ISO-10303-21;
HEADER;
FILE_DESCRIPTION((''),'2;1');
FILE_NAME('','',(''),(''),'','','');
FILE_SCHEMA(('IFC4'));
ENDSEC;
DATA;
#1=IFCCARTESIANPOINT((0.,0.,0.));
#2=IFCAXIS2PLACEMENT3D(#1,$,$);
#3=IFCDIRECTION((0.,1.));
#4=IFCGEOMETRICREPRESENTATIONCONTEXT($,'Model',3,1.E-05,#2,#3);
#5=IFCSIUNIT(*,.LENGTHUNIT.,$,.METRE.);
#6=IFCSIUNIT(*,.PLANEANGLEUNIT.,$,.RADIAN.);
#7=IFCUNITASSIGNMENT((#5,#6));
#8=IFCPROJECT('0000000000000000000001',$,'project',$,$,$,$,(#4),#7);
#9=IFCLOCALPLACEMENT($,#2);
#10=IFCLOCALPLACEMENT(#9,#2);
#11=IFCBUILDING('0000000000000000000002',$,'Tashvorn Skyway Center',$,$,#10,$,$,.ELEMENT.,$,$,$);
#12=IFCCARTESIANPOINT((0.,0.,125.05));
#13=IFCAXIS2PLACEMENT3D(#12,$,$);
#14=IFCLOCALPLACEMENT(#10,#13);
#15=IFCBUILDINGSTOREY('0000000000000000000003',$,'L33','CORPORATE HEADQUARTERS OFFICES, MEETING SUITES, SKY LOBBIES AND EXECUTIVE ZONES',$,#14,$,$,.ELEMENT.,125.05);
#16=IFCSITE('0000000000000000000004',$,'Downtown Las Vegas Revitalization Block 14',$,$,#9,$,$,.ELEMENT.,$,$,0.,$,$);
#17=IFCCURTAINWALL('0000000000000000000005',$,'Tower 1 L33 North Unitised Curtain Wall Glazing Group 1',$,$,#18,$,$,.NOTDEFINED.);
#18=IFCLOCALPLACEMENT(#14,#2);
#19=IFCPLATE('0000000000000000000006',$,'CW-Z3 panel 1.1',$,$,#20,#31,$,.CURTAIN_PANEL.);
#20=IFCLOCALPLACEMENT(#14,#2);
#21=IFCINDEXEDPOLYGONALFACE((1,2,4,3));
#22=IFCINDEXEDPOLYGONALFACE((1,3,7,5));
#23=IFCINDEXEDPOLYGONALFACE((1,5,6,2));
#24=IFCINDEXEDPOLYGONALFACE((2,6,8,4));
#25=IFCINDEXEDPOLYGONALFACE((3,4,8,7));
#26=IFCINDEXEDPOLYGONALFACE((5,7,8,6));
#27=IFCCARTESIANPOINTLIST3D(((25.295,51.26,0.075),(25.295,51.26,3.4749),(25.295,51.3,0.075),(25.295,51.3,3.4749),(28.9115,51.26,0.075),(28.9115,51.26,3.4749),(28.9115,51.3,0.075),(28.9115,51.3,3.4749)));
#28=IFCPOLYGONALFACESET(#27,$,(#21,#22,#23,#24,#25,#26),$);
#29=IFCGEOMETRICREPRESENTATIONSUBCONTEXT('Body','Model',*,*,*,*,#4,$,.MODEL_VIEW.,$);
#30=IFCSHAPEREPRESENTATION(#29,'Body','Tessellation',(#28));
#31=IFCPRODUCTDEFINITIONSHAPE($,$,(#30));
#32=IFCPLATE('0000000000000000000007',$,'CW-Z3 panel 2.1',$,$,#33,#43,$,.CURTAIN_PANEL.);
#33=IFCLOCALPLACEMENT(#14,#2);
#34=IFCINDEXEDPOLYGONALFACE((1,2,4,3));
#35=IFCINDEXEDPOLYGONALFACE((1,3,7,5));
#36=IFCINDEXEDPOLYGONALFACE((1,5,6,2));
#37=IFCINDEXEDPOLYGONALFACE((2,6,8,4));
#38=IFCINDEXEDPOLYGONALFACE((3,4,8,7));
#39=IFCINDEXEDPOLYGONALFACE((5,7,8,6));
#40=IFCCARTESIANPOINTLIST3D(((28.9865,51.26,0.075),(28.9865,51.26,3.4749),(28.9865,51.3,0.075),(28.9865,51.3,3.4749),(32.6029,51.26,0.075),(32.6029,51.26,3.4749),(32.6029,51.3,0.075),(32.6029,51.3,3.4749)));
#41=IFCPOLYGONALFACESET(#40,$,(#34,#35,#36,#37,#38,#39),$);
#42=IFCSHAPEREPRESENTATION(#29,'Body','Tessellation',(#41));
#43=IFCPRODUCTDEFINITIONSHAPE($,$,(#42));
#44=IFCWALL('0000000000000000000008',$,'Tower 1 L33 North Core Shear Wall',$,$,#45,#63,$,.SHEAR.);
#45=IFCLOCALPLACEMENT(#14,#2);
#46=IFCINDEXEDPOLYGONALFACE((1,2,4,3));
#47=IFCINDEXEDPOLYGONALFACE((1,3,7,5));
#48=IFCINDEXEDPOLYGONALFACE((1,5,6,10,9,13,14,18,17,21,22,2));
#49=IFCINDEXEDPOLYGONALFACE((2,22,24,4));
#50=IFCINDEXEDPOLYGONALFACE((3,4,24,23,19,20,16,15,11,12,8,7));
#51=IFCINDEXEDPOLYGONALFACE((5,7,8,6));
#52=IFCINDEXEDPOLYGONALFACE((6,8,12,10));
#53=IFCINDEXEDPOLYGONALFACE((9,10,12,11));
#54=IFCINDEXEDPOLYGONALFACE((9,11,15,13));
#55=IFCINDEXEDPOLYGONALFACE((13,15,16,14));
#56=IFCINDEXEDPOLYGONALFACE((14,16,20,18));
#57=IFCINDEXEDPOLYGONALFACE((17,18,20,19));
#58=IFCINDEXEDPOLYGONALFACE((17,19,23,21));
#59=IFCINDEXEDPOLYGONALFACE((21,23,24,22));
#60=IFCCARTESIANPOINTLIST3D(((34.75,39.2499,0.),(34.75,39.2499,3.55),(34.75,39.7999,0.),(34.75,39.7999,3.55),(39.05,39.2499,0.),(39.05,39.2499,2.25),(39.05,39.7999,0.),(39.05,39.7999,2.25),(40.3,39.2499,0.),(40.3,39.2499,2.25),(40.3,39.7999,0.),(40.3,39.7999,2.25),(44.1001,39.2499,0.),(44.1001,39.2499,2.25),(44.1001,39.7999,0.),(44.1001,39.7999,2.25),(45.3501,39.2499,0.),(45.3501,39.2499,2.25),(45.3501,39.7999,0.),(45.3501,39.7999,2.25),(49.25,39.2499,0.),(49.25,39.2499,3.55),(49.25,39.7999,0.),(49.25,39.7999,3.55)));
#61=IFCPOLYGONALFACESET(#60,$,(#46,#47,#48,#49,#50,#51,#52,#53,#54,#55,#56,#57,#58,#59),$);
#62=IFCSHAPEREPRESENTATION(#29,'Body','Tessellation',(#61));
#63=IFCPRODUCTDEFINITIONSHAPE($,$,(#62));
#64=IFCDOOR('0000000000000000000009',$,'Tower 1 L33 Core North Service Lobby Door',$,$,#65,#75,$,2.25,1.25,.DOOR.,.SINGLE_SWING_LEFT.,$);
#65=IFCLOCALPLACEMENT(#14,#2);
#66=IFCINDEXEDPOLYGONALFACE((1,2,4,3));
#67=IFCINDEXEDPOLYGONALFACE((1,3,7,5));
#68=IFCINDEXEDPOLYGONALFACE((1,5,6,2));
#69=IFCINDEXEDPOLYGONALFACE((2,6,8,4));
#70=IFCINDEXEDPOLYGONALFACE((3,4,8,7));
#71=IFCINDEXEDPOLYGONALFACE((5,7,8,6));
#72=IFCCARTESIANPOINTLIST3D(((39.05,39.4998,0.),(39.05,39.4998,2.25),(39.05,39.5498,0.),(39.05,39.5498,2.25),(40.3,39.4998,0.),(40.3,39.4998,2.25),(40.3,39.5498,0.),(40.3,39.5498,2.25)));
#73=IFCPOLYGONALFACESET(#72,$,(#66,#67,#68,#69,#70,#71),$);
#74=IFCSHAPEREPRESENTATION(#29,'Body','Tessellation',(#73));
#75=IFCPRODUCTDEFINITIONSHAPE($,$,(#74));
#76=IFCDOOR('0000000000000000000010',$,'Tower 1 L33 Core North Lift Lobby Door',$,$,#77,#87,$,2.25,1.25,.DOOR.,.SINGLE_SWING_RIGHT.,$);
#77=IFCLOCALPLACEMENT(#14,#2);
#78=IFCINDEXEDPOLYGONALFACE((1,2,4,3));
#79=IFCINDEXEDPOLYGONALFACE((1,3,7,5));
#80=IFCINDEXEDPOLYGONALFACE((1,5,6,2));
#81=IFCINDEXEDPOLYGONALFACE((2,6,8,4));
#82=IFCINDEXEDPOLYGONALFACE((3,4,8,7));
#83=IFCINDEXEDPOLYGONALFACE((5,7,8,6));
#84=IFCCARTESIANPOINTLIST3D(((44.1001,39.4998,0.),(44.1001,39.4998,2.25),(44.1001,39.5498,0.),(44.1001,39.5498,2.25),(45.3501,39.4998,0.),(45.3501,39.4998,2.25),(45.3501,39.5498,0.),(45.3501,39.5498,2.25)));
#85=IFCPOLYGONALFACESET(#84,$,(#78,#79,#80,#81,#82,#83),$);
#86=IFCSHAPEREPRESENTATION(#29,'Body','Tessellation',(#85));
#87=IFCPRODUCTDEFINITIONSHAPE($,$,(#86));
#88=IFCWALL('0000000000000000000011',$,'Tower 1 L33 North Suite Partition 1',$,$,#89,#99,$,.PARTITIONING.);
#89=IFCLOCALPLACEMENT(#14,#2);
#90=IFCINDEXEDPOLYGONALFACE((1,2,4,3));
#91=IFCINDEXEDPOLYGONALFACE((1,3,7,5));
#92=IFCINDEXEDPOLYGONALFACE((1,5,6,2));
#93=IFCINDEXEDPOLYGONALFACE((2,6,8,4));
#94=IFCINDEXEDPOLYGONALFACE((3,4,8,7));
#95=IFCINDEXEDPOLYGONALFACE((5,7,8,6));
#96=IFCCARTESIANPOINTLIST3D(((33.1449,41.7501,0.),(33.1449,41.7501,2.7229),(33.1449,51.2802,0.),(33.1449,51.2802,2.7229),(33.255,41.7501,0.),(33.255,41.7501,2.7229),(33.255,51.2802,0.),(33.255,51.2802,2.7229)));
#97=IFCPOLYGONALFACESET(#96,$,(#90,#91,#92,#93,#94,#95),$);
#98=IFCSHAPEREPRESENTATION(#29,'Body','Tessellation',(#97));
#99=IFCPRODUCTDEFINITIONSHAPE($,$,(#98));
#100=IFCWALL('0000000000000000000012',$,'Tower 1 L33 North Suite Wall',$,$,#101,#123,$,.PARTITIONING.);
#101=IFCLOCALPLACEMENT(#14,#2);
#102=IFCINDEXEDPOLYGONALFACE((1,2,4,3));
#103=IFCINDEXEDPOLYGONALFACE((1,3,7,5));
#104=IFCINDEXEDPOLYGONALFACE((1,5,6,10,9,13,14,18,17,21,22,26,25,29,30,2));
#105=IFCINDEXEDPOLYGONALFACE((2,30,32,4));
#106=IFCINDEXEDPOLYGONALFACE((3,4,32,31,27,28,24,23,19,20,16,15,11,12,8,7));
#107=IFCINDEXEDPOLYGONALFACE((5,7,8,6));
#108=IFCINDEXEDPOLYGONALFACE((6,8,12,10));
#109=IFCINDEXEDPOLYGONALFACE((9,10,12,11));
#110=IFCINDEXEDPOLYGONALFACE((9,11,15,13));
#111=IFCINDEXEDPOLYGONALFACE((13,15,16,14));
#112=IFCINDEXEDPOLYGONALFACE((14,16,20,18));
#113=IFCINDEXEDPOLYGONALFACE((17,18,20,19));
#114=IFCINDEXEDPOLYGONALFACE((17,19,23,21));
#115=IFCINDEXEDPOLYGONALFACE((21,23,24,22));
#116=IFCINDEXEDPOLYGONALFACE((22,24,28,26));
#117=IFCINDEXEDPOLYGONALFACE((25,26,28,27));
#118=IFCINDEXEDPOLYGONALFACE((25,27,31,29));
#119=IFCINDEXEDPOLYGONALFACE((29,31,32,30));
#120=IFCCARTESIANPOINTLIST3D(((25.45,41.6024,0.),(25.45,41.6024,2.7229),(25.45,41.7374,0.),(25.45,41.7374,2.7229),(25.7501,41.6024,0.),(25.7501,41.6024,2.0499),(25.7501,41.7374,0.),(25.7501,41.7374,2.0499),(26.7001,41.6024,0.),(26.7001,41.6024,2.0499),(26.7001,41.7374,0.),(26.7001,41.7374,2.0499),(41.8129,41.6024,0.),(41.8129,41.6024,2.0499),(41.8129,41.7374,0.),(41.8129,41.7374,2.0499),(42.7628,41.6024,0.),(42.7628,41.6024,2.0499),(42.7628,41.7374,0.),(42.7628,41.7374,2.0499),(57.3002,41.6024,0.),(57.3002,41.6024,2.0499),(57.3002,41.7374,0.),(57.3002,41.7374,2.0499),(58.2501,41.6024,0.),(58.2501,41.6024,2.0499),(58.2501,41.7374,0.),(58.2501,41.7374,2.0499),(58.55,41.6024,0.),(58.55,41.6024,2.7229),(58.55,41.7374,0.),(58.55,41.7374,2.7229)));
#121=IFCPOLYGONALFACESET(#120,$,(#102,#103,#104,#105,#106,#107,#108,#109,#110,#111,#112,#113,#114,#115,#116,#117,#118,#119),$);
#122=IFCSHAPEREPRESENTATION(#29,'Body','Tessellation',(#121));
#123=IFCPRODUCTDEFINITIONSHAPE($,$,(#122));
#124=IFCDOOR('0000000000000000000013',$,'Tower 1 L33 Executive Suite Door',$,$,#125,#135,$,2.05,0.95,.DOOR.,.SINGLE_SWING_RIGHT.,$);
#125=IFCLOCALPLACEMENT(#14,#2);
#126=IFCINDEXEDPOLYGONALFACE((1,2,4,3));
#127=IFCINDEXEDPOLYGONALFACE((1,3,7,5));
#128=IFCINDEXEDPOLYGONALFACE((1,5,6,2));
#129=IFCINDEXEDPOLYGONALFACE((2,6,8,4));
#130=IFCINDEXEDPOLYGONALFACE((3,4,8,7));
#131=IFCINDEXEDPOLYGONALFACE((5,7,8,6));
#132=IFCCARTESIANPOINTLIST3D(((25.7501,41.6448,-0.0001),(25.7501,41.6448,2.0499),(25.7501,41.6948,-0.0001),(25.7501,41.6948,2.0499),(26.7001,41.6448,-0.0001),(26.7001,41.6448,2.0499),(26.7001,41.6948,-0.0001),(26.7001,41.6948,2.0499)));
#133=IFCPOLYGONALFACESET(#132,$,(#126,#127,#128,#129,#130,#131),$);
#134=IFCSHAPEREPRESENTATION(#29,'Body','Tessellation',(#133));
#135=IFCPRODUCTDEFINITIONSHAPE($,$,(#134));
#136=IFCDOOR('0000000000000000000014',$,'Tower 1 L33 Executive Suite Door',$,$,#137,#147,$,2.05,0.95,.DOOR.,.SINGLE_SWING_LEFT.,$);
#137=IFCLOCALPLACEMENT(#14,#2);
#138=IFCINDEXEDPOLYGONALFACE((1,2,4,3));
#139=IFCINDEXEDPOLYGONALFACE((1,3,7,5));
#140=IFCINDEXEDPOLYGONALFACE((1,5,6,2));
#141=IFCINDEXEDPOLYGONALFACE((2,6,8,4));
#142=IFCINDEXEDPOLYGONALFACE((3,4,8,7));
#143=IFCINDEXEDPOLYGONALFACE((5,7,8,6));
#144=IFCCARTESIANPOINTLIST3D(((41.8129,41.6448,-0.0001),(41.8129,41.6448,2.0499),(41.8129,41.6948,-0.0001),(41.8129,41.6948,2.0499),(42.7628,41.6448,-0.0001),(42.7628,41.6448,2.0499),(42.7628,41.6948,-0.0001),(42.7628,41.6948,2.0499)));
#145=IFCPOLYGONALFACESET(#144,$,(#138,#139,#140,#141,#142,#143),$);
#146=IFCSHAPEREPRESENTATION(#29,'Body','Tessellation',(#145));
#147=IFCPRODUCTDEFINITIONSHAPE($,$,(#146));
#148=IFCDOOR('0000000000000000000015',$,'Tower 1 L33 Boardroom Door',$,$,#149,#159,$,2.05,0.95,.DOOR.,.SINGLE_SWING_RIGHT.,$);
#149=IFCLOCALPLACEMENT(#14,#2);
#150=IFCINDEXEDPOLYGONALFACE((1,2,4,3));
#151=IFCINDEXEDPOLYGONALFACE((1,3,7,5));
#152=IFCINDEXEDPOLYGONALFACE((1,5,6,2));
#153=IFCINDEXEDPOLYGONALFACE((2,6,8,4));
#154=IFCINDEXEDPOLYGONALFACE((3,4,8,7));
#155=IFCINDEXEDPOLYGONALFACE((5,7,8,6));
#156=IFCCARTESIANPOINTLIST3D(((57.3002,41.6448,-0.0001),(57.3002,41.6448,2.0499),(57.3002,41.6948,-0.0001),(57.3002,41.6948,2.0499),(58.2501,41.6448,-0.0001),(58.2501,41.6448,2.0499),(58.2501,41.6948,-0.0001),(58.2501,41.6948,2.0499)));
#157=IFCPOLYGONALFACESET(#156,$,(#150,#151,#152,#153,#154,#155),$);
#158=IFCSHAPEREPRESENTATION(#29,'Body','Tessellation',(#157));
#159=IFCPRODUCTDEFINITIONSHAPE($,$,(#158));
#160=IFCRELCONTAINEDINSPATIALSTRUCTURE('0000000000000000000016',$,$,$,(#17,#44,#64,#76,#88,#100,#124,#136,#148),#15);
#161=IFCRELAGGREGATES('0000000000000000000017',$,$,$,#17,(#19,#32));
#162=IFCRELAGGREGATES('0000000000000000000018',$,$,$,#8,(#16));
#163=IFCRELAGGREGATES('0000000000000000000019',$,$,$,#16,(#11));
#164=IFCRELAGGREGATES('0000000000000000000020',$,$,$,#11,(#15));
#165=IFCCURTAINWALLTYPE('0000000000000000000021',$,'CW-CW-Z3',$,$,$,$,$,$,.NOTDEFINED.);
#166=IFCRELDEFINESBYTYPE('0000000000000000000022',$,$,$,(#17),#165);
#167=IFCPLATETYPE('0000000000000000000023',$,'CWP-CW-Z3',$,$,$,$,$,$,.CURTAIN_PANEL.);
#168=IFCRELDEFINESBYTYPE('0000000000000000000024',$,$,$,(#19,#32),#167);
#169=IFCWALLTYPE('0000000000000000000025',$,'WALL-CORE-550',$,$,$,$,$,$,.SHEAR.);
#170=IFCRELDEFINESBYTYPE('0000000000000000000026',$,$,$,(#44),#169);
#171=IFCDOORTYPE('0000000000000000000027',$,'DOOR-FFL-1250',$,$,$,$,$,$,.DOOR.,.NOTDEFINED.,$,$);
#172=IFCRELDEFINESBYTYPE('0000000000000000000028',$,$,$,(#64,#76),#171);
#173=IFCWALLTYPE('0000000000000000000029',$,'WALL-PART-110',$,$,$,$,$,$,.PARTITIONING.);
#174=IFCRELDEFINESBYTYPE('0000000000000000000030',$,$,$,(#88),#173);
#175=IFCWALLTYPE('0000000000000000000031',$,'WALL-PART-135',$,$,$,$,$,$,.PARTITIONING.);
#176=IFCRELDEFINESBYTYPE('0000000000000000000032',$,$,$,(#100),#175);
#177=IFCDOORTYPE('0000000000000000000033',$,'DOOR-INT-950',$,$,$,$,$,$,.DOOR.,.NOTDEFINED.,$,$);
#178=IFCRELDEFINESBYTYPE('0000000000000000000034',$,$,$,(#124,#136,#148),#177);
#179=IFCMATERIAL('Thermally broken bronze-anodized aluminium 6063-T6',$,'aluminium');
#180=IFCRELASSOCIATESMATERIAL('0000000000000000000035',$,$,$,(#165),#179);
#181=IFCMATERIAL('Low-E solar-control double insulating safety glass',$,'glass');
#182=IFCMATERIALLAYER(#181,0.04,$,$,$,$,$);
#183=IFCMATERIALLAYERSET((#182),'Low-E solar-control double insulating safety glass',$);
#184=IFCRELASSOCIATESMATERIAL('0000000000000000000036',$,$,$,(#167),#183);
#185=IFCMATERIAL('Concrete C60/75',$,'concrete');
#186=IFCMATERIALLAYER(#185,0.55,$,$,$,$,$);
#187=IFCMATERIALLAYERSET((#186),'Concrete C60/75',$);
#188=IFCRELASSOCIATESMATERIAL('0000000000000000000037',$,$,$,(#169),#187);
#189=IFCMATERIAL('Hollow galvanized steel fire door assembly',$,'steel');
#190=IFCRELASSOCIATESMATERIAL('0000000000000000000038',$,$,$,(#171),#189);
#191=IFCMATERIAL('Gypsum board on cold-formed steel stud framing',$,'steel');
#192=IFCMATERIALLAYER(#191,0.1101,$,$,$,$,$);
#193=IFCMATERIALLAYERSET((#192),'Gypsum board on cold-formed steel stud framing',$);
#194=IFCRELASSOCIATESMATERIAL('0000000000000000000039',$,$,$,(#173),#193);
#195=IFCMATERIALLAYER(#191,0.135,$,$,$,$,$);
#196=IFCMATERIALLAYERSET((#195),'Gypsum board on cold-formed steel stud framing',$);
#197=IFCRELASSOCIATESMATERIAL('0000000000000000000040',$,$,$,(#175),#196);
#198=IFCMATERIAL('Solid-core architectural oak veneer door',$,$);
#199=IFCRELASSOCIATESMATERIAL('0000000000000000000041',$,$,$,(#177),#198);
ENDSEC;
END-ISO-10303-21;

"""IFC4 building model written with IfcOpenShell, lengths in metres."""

from ifc_helpers import new_model, si_unit, direction, frame, frame_2d, origin, origin_2d, place, context, subcontext, project, spatial, rectangle, extrude, material, layer, layer_set, type_object, element, fill, aggregate, save


model = new_model("IFC4")

# Units and contexts
model_context = context("Model", 3, precision=1e-05, world=origin(), true_north=direction((0.0, 1.0)))
body_context = subcontext(model_context, "Body", "Model", "MODEL_VIEW")
ifc_project = project(units=[si_unit("LENGTHUNIT", "METRE"), si_unit("PLANEANGLEUNIT", "RADIAN")], contexts=[model_context])

# Site, building, storey
site_placement = place(None, origin())
site = spatial("IfcSite", under=ifc_project, at=site_placement, Name="Downtown Las Vegas Revitalization Block 14", CompositionType="ELEMENT", RefElevation=0.0)
building_placement = place(site_placement, origin())
building = spatial("IfcBuilding", under=site, at=building_placement, Name="Tashvorn Skyway Center", CompositionType="ELEMENT")
storey_placement = place(building_placement, frame((0.0, 0.0, 125.05)))
storey = spatial("IfcBuildingStorey", under=building, at=storey_placement, Name="L33", Description="CORPORATE HEADQUARTERS OFFICES, MEETING SUITES, SKY LOBBIES AND EXECUTIVE ZONES", CompositionType="ELEMENT", Elevation=125.05)

# Curtain wall, plates
ifc_material_1 = material(Name="Thermally broken bronze-anodized aluminium 6063-T6", Category="aluminium")
curtain_wall_type = type_object("IfcCurtainWallType", Name="CW-CW-Z3", PredefinedType="NOTDEFINED", material=ifc_material_1)
curtain_wall_placement = place(storey_placement, origin())
curtain_wall = element("IfcCurtainWall", 1, at=curtain_wall_placement, inside=storey, type_object=curtain_wall_type, Name="Tower 1 L33 North Unitised Curtain Wall Glazing Group 1", PredefinedType="NOTDEFINED")
ifc_material_2 = material(Name="Low-E solar-control double insulating safety glass", Category="glass")
ifc_layer_1 = layer(ifc_material_2, 0.04)
ifc_layer_set_1 = layer_set([ifc_layer_1], Name="Low-E solar-control double insulating safety glass")
plate_type = type_object("IfcPlateType", Name="CWP-CW-Z3", PredefinedType="CURTAIN_PANEL", material=ifc_layer_set_1)
plate_1_placement = place(storey_placement, frame((27.1033, 51.28, 0.075), z_axis=(0.0, 0.0, 1.0), x_axis=(1.0, 0.0, 0.0)))
plate_1 = element("IfcPlate", 2, at=plate_1_placement, type_object=plate_type, Name="CW-Z3 panel 1.1", PredefinedType="CURTAIN_PANEL", context=body_context, shape_type="SweptSolid", body=[
    extrude(rectangle(XDim=3.6165, YDim=0.04, at=origin_2d()), origin(), (0.0, 0.0, 1.0), 3.3999),
])
plate_2_placement = place(storey_placement, frame((30.7947, 51.28, 0.075), z_axis=(0.0, 0.0, 1.0), x_axis=(1.0, 0.0, 0.0)))
plate_2 = element("IfcPlate", 3, at=plate_2_placement, type_object=plate_type, Name="CW-Z3 panel 2.1", PredefinedType="CURTAIN_PANEL", context=body_context, shape_type="SweptSolid", body=[
    extrude(rectangle(XDim=3.6165, YDim=0.04, at=origin_2d()), origin(), (0.0, 0.0, 1.0), 3.3999),
])
aggregate(curtain_wall, [plate_1, plate_2])

# Wall, openings, doors
ifc_material_3 = material(Name="Concrete C60/75", Category="concrete")
ifc_layer_2 = layer(ifc_material_3, 0.55)
ifc_layer_set_2 = layer_set([ifc_layer_2], Name="Concrete C60/75")
wall_type_1 = type_object("IfcWallType", Name="WALL-CORE-550", PredefinedType="SHEAR", material=ifc_layer_set_2)
wall_1_placement = place(storey_placement, frame((34.75, 39.5249, 0.0), z_axis=(0.0, 0.0, 1.0), x_axis=(1.0, 0.0, 0.0)))
wall_1 = element("IfcWall", 4, at=wall_1_placement, inside=storey, type_object=wall_type_1, Name="Tower 1 L33 North Core Shear Wall", PredefinedType="SHEAR", context=body_context, shape_type="SweptSolid", body=[
    extrude(rectangle(XDim=14.5, YDim=0.55, at=frame_2d((7.25, 0.0))), origin(), (0.0, 0.0, 1.0), 3.55),
])
opening_1_placement = place(wall_1_placement, frame((4.3, 0.0, 0.0)))
opening_1 = element("IfcOpeningElement", 5, at=opening_1_placement, cuts=wall_1, PredefinedType="OPENING", context=body_context, shape_type="SweptSolid", body=[
    extrude(rectangle(XDim=1.25, YDim=2.25, at=frame_2d((0.625, 1.125))), frame((0.0, 0.2849, 0.0), z_axis=(0.0, -1.0, 0.0), x_axis=(1.0, 0.0, 0.0)), (0.0, 0.0, 1.0), 0.5701),
])
opening_2_placement = place(wall_1_placement, frame((9.3501, 0.0, 0.0)))
opening_2 = element("IfcOpeningElement", 6, at=opening_2_placement, cuts=wall_1, PredefinedType="OPENING", context=body_context, shape_type="SweptSolid", body=[
    extrude(rectangle(XDim=1.25, YDim=2.25, at=frame_2d((0.625, 1.125))), frame((0.0, 0.2849, 0.0), z_axis=(0.0, -1.0, 0.0), x_axis=(1.0, 0.0, 0.0)), (0.0, 0.0, 1.0), 0.5701),
])
ifc_material_4 = material(Name="Hollow galvanized steel fire door assembly", Category="steel")
door_type_1 = type_object("IfcDoorType", Name="DOOR-FFL-1250", OperationType="NOTDEFINED", PredefinedType="DOOR", material=ifc_material_4)
door_1_placement = place(opening_1_placement, origin())
door_1 = element("IfcDoor", 7, at=door_1_placement, inside=storey, type_object=door_type_1, Name="Tower 1 L33 Core North Service Lobby Door", OperationType="SINGLE_SWING_LEFT", OverallHeight=2.25, OverallWidth=1.25, PredefinedType="DOOR", context=body_context, shape_type="SweptSolid", body=[
    extrude(rectangle(XDim=1.25, YDim=2.25, at=frame_2d((0.625, 1.125))), frame((0.0, 0.0249, 0.0), z_axis=(0.0, -1.0, 0.0), x_axis=(1.0, 0.0, 0.0)), (0.0, 0.0, 1.0), 0.05),
])
fill(opening_1, door_1)
door_2_placement = place(opening_2_placement, origin())
door_2 = element("IfcDoor", 8, at=door_2_placement, inside=storey, type_object=door_type_1, Name="Tower 1 L33 Core North Lift Lobby Door", OperationType="SINGLE_SWING_RIGHT", OverallHeight=2.25, OverallWidth=1.25, PredefinedType="DOOR", context=body_context, shape_type="SweptSolid", body=[
    extrude(rectangle(XDim=1.25, YDim=2.25, at=frame_2d((0.625, 1.125))), frame((0.0, 0.0249, 0.0), z_axis=(0.0, -1.0, 0.0), x_axis=(1.0, 0.0, 0.0)), (0.0, 0.0, 1.0), 0.05),
])
fill(opening_2, door_2)

# Wall
ifc_material_5 = material(Name="Gypsum board on cold-formed steel stud framing", Category="steel")
ifc_layer_3 = layer(ifc_material_5, 0.1101)
ifc_layer_set_3 = layer_set([ifc_layer_3], Name="Gypsum board on cold-formed steel stud framing")
wall_type_2 = type_object("IfcWallType", Name="WALL-PART-110", PredefinedType="PARTITIONING", material=ifc_layer_set_3)
wall_2_placement = place(storey_placement, frame((33.2, 41.75, 0.0), z_axis=(0.0, 0.0, 1.0), x_axis=(0.0, 1.0, 0.0)))
element("IfcWall", 9, at=wall_2_placement, inside=storey, type_object=wall_type_2, Name="Tower 1 L33 North Suite Partition 1", PredefinedType="PARTITIONING", context=body_context, shape_type="SweptSolid", body=[
    extrude(rectangle(XDim=9.53, YDim=0.1101, at=frame_2d((4.7651, 0.0))), origin(), (0.0, 0.0, 1.0), 2.7229),
])

# Wall, openings, doors
ifc_layer_4 = layer(ifc_material_5, 0.135)
ifc_layer_set_4 = layer_set([ifc_layer_4], Name="Gypsum board on cold-formed steel stud framing")
wall_type_3 = type_object("IfcWallType", Name="WALL-PART-135", PredefinedType="PARTITIONING", material=ifc_layer_set_4)
wall_3_placement = place(storey_placement, frame((25.45, 41.6699, 0.0), z_axis=(0.0, 0.0, 1.0), x_axis=(1.0, 0.0, 0.0)))
wall_3 = element("IfcWall", 10, at=wall_3_placement, inside=storey, type_object=wall_type_3, Name="Tower 1 L33 North Suite Wall", PredefinedType="PARTITIONING", context=body_context, shape_type="SweptSolid", body=[
    extrude(rectangle(XDim=33.1001, YDim=0.135, at=frame_2d((16.55, 0.0))), origin(), (0.0, 0.0, 1.0), 2.7229),
])
opening_3_placement = place(wall_3_placement, frame((0.3, 0.0, 0.0)))
opening_3 = element("IfcOpeningElement", 11, at=opening_3_placement, cuts=wall_3, PredefinedType="OPENING", context=body_context, shape_type="SweptSolid", body=[
    extrude(rectangle(XDim=0.95, YDim=2.05, at=frame_2d((0.4751, 1.0249))), frame((0.0, 0.0774, 0.0), z_axis=(0.0, -1.0, 0.0), x_axis=(1.0, 0.0, 0.0)), (0.0, 0.0, 1.0), 0.155),
])
opening_4_placement = place(wall_3_placement, frame((16.3628, 0.0, 0.0)))
opening_4 = element("IfcOpeningElement", 12, at=opening_4_placement, cuts=wall_3, PredefinedType="OPENING", context=body_context, shape_type="SweptSolid", body=[
    extrude(rectangle(XDim=0.95, YDim=2.05, at=frame_2d((0.4751, 1.0249))), frame((0.0, 0.0774, 0.0), z_axis=(0.0, -1.0, 0.0), x_axis=(1.0, 0.0, 0.0)), (0.0, 0.0, 1.0), 0.155),
])
opening_5_placement = place(wall_3_placement, frame((31.8501, 0.0, 0.0)))
opening_5 = element("IfcOpeningElement", 13, at=opening_5_placement, cuts=wall_3, PredefinedType="OPENING", context=body_context, shape_type="SweptSolid", body=[
    extrude(rectangle(XDim=0.95, YDim=2.05, at=frame_2d((0.4751, 1.0249))), frame((0.0, 0.0774, 0.0), z_axis=(0.0, -1.0, 0.0), x_axis=(1.0, 0.0, 0.0)), (0.0, 0.0, 1.0), 0.155),
])
ifc_material_6 = material(Name="Solid-core architectural oak veneer door")
door_type_2 = type_object("IfcDoorType", Name="DOOR-INT-950", OperationType="NOTDEFINED", PredefinedType="DOOR", material=ifc_material_6)
door_3_placement = place(opening_3_placement, origin())
door_3 = element("IfcDoor", 14, at=door_3_placement, inside=storey, type_object=door_type_2, Name="Tower 1 L33 Executive Suite Door", OperationType="SINGLE_SWING_RIGHT", OverallHeight=2.05, OverallWidth=0.95, PredefinedType="DOOR", context=body_context, shape_type="SweptSolid", body=[
    extrude(rectangle(XDim=0.95, YDim=2.05, at=frame_2d((0.4751, 1.0249))), frame((0.0, 0.0249, 0.0), z_axis=(0.0, -1.0, 0.0), x_axis=(1.0, 0.0, 0.0)), (0.0, 0.0, 1.0), 0.05),
])
fill(opening_3, door_3)
door_4_placement = place(opening_4_placement, origin())
door_4 = element("IfcDoor", 15, at=door_4_placement, inside=storey, type_object=door_type_2, Name="Tower 1 L33 Executive Suite Door", OperationType="SINGLE_SWING_LEFT", OverallHeight=2.05, OverallWidth=0.95, PredefinedType="DOOR", context=body_context, shape_type="SweptSolid", body=[
    extrude(rectangle(XDim=0.95, YDim=2.05, at=frame_2d((0.4751, 1.0249))), frame((0.0, 0.0249, 0.0), z_axis=(0.0, -1.0, 0.0), x_axis=(1.0, 0.0, 0.0)), (0.0, 0.0, 1.0), 0.05),
])
fill(opening_4, door_4)
door_5_placement = place(opening_5_placement, origin())
door_5 = element("IfcDoor", 16, at=door_5_placement, inside=storey, type_object=door_type_2, Name="Tower 1 L33 Boardroom Door", OperationType="SINGLE_SWING_RIGHT", OverallHeight=2.05, OverallWidth=0.95, PredefinedType="DOOR", context=body_context, shape_type="SweptSolid", body=[
    extrude(rectangle(XDim=0.95, YDim=2.05, at=frame_2d((0.4751, 1.0249))), frame((0.0, 0.0249, 0.0), z_axis=(0.0, -1.0, 0.0), x_axis=(1.0, 0.0, 0.0)), (0.0, 0.0, 1.0), 0.05),
])
fill(opening_5, door_5)

save(model, "model.ifc")
